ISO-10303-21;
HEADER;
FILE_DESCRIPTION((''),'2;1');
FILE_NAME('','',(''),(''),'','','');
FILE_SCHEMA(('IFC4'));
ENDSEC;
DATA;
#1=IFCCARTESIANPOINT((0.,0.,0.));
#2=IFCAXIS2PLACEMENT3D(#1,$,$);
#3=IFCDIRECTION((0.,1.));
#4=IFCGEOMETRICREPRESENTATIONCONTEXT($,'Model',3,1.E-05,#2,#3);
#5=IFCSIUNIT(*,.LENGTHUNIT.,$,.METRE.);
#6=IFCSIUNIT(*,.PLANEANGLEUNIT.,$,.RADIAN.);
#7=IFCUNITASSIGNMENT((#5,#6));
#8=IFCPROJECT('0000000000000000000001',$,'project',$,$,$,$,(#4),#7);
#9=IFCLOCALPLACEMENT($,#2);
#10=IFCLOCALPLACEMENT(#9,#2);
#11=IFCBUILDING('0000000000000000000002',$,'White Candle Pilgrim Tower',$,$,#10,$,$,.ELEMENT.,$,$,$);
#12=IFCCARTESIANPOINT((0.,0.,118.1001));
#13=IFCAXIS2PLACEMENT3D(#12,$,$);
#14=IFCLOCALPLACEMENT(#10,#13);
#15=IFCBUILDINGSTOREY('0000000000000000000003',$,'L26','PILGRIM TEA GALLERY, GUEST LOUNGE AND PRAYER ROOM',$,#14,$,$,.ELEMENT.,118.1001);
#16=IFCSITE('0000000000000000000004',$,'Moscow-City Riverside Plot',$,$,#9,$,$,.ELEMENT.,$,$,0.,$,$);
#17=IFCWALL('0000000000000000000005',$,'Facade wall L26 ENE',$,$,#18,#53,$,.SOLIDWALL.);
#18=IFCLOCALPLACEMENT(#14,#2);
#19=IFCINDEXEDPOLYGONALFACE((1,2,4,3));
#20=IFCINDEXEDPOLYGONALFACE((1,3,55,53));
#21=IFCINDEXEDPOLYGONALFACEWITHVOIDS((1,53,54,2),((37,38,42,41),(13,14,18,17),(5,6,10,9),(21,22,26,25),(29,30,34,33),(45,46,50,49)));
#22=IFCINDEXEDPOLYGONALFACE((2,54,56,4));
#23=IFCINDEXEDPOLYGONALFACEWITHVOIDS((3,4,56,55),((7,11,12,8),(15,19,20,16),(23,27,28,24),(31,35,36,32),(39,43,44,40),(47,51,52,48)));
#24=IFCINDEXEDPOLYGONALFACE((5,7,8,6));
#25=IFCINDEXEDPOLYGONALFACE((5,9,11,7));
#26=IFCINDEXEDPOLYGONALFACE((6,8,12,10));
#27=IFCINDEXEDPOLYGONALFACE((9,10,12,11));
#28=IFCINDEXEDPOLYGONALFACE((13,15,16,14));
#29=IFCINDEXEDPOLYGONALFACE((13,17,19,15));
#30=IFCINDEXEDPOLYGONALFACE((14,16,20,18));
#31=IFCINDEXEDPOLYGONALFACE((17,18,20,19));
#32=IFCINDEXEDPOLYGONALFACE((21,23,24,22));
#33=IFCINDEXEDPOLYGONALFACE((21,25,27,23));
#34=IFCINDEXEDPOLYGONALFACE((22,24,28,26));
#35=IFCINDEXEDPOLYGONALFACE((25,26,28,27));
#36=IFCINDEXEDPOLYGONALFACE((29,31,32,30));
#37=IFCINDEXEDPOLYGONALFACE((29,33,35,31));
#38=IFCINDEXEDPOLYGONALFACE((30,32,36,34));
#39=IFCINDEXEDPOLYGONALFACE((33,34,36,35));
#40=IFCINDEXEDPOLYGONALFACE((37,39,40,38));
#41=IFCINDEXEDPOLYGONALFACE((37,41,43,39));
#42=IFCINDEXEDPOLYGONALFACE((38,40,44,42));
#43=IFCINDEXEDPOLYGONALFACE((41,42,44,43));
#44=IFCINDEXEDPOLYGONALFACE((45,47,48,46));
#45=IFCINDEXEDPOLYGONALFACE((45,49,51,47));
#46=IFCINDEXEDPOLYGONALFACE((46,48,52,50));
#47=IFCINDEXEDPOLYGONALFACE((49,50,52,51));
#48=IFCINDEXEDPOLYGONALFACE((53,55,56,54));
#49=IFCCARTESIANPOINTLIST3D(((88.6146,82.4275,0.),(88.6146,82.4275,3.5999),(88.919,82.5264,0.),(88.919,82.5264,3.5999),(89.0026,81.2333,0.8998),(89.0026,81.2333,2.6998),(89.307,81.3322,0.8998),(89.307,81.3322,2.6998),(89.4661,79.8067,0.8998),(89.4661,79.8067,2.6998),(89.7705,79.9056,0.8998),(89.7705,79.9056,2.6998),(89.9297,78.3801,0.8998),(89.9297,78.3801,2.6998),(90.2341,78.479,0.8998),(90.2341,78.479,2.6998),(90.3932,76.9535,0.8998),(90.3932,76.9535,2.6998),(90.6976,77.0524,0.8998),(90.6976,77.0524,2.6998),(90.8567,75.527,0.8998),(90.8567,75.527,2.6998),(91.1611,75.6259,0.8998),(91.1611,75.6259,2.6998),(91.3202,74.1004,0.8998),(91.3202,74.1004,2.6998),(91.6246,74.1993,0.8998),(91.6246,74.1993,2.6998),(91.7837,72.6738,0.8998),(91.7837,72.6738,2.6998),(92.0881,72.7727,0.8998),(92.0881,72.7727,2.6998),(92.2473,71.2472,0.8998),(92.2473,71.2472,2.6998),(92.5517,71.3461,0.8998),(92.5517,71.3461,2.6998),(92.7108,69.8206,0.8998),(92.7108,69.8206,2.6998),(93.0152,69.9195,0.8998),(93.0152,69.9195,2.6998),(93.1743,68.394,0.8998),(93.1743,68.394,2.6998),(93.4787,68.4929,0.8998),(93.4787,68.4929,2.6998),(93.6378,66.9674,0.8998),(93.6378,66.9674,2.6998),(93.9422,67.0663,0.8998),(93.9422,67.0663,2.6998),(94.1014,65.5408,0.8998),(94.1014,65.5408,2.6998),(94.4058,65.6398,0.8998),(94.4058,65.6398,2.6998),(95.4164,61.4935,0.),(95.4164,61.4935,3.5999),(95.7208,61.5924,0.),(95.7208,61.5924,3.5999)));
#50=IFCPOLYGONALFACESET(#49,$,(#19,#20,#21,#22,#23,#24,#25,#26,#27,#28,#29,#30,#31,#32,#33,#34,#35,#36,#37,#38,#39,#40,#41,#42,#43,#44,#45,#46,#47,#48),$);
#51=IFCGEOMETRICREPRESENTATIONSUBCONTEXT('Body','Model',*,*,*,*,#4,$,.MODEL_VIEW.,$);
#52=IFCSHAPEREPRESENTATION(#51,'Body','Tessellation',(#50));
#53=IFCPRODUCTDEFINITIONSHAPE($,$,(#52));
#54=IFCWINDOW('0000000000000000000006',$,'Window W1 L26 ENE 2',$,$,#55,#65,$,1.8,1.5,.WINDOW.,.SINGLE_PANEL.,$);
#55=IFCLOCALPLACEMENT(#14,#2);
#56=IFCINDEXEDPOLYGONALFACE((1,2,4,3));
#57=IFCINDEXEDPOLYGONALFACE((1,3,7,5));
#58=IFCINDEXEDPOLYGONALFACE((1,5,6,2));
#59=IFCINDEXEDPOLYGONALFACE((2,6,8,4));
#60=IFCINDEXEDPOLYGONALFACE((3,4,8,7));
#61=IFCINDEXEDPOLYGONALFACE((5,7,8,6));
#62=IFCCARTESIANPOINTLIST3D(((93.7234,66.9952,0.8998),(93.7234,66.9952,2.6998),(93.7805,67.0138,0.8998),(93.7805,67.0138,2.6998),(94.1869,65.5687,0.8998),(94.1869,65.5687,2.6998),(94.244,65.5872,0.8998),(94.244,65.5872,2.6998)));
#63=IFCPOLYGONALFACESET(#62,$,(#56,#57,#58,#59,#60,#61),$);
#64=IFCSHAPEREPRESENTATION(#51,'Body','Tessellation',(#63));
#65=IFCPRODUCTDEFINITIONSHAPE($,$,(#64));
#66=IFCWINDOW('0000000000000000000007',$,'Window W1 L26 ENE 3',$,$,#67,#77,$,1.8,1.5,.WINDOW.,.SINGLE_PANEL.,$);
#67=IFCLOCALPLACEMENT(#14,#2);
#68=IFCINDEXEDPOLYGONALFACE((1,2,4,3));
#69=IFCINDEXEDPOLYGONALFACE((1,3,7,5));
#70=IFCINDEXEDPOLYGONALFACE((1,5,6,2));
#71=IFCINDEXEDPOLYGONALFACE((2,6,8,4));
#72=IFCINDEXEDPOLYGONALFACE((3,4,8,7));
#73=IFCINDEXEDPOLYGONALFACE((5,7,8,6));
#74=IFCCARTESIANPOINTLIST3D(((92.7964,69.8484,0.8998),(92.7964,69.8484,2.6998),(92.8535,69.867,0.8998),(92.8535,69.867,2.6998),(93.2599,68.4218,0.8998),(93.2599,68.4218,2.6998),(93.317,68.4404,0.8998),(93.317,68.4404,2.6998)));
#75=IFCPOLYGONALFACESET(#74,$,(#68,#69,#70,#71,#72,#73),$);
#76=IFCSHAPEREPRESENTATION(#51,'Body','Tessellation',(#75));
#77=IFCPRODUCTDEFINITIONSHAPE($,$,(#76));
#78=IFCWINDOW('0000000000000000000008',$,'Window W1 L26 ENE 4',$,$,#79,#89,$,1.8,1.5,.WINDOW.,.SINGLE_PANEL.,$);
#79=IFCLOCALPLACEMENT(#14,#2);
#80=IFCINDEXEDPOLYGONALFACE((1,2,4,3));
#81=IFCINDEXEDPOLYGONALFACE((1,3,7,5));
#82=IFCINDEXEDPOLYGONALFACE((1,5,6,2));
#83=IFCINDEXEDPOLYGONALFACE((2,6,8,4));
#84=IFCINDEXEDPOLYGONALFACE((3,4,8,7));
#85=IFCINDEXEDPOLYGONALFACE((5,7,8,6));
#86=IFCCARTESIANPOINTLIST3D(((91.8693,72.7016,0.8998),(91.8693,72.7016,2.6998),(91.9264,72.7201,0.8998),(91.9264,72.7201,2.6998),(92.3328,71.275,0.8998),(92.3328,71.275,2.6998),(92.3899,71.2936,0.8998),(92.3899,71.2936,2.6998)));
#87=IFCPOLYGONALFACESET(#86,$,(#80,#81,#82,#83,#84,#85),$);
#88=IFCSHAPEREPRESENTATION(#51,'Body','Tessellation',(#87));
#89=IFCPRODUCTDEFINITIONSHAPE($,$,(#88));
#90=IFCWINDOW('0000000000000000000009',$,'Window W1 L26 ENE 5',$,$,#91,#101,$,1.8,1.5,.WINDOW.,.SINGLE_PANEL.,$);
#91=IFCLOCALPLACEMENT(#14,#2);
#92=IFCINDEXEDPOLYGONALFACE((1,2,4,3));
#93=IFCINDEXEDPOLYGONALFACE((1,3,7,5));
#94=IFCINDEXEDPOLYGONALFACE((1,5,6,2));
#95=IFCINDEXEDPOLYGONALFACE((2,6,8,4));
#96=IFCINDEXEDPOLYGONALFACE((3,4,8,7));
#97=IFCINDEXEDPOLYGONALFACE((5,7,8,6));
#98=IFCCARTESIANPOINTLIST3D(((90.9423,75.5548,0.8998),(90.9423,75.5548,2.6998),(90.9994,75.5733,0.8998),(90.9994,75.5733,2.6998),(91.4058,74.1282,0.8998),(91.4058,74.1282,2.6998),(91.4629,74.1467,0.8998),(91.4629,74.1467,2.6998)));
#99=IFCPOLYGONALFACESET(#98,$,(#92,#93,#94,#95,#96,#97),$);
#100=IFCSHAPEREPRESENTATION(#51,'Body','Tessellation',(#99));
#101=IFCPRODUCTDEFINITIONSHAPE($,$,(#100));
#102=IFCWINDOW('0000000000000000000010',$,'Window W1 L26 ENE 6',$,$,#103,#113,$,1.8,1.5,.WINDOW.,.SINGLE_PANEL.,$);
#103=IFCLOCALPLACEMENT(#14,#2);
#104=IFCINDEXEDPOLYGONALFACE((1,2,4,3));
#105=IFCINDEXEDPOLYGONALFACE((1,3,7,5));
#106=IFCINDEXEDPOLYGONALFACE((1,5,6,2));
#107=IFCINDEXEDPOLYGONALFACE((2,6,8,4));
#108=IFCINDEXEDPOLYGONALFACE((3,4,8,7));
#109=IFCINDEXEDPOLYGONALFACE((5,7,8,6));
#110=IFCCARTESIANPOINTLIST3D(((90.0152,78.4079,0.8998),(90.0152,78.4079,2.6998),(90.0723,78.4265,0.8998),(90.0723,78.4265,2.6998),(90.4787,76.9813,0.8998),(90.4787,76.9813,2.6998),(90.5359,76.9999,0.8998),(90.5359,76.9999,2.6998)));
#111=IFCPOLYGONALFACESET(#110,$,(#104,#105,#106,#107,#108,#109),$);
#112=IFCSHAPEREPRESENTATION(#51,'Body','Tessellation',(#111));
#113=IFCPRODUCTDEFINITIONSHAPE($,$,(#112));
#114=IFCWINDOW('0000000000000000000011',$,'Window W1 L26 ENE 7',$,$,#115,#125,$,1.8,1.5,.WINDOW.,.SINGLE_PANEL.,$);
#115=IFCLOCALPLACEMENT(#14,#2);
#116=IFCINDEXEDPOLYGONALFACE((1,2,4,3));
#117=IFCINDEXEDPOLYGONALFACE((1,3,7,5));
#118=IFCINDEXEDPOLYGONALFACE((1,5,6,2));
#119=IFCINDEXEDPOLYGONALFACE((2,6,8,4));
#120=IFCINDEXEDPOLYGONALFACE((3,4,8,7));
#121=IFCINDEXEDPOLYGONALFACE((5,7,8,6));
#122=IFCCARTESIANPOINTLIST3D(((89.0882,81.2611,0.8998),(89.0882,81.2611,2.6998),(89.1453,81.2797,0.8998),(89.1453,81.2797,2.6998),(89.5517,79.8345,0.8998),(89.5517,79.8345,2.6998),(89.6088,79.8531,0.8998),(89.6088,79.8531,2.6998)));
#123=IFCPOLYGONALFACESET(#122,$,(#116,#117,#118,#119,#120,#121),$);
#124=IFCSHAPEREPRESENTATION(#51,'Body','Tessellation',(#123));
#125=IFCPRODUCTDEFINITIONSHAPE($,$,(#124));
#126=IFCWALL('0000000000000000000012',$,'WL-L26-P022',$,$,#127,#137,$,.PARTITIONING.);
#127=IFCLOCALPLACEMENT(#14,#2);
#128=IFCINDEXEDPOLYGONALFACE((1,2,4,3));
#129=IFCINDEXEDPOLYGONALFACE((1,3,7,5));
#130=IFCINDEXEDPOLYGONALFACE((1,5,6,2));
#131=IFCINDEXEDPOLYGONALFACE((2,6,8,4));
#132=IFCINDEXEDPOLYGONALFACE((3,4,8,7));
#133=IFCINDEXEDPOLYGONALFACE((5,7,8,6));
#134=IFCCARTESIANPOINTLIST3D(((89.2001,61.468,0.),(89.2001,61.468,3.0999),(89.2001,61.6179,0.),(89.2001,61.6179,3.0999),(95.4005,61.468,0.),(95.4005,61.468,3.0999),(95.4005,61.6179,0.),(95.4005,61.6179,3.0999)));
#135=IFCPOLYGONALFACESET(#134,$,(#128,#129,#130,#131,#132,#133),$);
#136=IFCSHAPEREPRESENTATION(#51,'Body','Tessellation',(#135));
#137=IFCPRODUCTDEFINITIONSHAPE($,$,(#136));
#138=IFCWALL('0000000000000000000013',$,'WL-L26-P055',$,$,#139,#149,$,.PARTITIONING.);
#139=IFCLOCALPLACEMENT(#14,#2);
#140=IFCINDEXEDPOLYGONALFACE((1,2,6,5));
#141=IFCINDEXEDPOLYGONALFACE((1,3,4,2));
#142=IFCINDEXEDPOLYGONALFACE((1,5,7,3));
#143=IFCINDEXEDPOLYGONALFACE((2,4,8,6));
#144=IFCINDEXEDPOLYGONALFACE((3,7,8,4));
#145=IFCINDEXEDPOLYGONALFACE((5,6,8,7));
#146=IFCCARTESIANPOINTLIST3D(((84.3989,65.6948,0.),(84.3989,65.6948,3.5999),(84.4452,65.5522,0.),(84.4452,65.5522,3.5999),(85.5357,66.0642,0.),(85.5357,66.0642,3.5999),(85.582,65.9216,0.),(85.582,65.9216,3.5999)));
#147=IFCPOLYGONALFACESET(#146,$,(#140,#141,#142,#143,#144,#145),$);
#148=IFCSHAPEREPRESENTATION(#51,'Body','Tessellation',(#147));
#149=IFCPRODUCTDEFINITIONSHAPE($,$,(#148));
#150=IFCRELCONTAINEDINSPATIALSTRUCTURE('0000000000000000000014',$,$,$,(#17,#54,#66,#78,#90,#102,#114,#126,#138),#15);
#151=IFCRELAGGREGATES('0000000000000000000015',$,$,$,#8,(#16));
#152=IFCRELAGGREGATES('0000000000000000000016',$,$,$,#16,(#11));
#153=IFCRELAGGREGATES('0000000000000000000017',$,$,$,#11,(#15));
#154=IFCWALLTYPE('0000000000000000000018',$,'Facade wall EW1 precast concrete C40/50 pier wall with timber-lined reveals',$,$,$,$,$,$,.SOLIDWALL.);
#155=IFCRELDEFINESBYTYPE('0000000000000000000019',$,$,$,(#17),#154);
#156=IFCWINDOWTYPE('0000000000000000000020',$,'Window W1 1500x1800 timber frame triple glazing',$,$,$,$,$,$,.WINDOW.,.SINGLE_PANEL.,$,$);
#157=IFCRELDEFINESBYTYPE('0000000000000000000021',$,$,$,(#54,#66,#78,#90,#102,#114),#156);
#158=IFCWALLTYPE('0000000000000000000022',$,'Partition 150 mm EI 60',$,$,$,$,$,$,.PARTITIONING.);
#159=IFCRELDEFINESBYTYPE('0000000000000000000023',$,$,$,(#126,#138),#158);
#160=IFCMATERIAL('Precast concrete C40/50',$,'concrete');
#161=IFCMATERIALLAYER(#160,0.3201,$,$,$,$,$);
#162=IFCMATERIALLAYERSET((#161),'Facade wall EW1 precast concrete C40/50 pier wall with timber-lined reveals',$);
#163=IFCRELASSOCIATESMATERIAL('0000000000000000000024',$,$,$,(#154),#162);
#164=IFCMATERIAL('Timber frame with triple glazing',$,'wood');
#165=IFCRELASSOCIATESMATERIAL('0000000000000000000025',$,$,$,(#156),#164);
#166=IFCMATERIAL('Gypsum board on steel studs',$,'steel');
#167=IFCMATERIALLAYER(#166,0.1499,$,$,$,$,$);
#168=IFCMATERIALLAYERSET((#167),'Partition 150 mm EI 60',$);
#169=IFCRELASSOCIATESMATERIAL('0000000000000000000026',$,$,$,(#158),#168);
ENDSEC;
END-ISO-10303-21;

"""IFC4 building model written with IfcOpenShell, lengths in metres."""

from ifc_helpers import new_model, si_unit, direction, frame, frame_2d, origin, place, context, subcontext, project, spatial, rectangle, extrude, material, layer, layer_set, type_object, element, fill, save


model = new_model("IFC4")

# Units and contexts
model_context = context("Model", 3, precision=1e-05, world=origin(), true_north=direction((0.0, 1.0)))
body_context = subcontext(model_context, "Body", "Model", "MODEL_VIEW")
ifc_project = project(units=[si_unit("LENGTHUNIT", "METRE"), si_unit("PLANEANGLEUNIT", "RADIAN")], contexts=[model_context])

# Site, building, storey
site_placement = place(None, origin())
site = spatial("IfcSite", under=ifc_project, at=site_placement, Name="Moscow-City Riverside Plot", CompositionType="ELEMENT", RefElevation=0.0)
building_placement = place(site_placement, origin())
building = spatial("IfcBuilding", under=site, at=building_placement, Name="White Candle Pilgrim Tower", CompositionType="ELEMENT")
storey_placement = place(building_placement, frame((0.0, 0.0, 118.1001)))
storey = spatial("IfcBuildingStorey", under=building, at=storey_placement, Name="L26", Description="PILGRIM TEA GALLERY, GUEST LOUNGE AND PRAYER ROOM", CompositionType="ELEMENT", Elevation=118.1001)

# Shared definitions
ifc_material_1 = material(Name="Gypsum board on steel studs", Category="steel")

# Wall, openings, windows
ifc_material_2 = material(Name="Precast concrete C40/50", Category="concrete")
ifc_layer_1 = layer(ifc_material_2, 0.3201)
ifc_layer_set_1 = layer_set([ifc_layer_1], Name="Facade wall EW1 precast concrete C40/50 pier wall with timber-lined reveals")
wall_type_1 = type_object("IfcWallType", Name="Facade wall EW1 precast concrete C40/50 pier wall with timber-lined reveals", PredefinedType="SOLIDWALL", material=ifc_layer_set_1)
wall_1_placement = place(storey_placement, frame((95.5686, 61.543, 0.0), z_axis=(0.0, 0.0, 1.0), x_axis=(-0.309015, 0.951057, 0.0)))
wall_1 = element("IfcWall", 1, at=wall_1_placement, inside=storey, type_object=wall_type_1, Name="Facade wall L26 ENE", PredefinedType="SOLIDWALL", context=body_context, shape_type="SweptSolid", body=[
    extrude(rectangle(XDim=22.0112, YDim=0.3201, at=frame_2d((11.0056, 0.0))), origin(), (0.0, 0.0, 1.0), 3.5999),
])
opening_1_placement = place(wall_1_placement, frame((4.2556, 0.0, 0.8999)))
opening_1 = element("IfcOpeningElement", 2, at=opening_1_placement, cuts=wall_1, PredefinedType="OPENING", context=body_context, shape_type="SweptSolid", body=[
    extrude(rectangle(XDim=1.5, YDim=1.8, at=frame_2d((0.75, 0.8999))), frame((0.0, 0.1699, 0.0), z_axis=(0.0, -1.0, 0.0), x_axis=(1.0, 0.0, 0.0)), (0.0, 0.0, 1.0), 0.3401),
])
opening_2_placement = place(wall_1_placement, frame((7.2556, 0.0, 0.8999)))
opening_2 = element("IfcOpeningElement", 3, at=opening_2_placement, cuts=wall_1, PredefinedType="OPENING", context=body_context, shape_type="SweptSolid", body=[
    extrude(rectangle(XDim=1.5, YDim=1.8, at=frame_2d((0.75, 0.8999))), frame((0.0, 0.1699, 0.0), z_axis=(0.0, -1.0, 0.0), x_axis=(1.0, 0.0, 0.0)), (0.0, 0.0, 1.0), 0.3401),
])
opening_3_placement = place(wall_1_placement, frame((10.2556, 0.0, 0.8999)))
opening_3 = element("IfcOpeningElement", 4, at=opening_3_placement, cuts=wall_1, PredefinedType="OPENING", context=body_context, shape_type="SweptSolid", body=[
    extrude(rectangle(XDim=1.5, YDim=1.8, at=frame_2d((0.75, 0.8999))), frame((0.0, 0.1699, 0.0), z_axis=(0.0, -1.0, 0.0), x_axis=(1.0, 0.0, 0.0)), (0.0, 0.0, 1.0), 0.3401),
])
opening_4_placement = place(wall_1_placement, frame((13.2556, 0.0, 0.8999)))
opening_4 = element("IfcOpeningElement", 5, at=opening_4_placement, cuts=wall_1, PredefinedType="OPENING", context=body_context, shape_type="SweptSolid", body=[
    extrude(rectangle(XDim=1.5, YDim=1.8, at=frame_2d((0.75, 0.8999))), frame((0.0, 0.1699, 0.0), z_axis=(0.0, -1.0, 0.0), x_axis=(1.0, 0.0, 0.0)), (0.0, 0.0, 1.0), 0.3401),
])
opening_5_placement = place(wall_1_placement, frame((16.2556, 0.0, 0.8999)))
opening_5 = element("IfcOpeningElement", 6, at=opening_5_placement, cuts=wall_1, PredefinedType="OPENING", context=body_context, shape_type="SweptSolid", body=[
    extrude(rectangle(XDim=1.5, YDim=1.8, at=frame_2d((0.75, 0.8999))), frame((0.0, 0.1699, 0.0), z_axis=(0.0, -1.0, 0.0), x_axis=(1.0, 0.0, 0.0)), (0.0, 0.0, 1.0), 0.3401),
])
opening_6_placement = place(wall_1_placement, frame((19.2556, 0.0, 0.8999)))
opening_6 = element("IfcOpeningElement", 7, at=opening_6_placement, cuts=wall_1, PredefinedType="OPENING", context=body_context, shape_type="SweptSolid", body=[
    extrude(rectangle(XDim=1.5, YDim=1.8, at=frame_2d((0.75, 0.8999))), frame((0.0, 0.1699, 0.0), z_axis=(0.0, -1.0, 0.0), x_axis=(1.0, 0.0, 0.0)), (0.0, 0.0, 1.0), 0.3401),
])
ifc_material_3 = material(Name="Timber frame with triple glazing", Category="wood")
window_type = type_object("IfcWindowType", Name="Window W1 1500x1800 timber frame triple glazing", PartitioningType="SINGLE_PANEL", PredefinedType="WINDOW", material=ifc_material_3)
window_1_placement = place(opening_1_placement, origin())
window_1 = element("IfcWindow", 8, at=window_1_placement, inside=storey, type_object=window_type, Name="Window W1 L26 ENE 2", OverallHeight=1.8, OverallWidth=1.5, PartitioningType="SINGLE_PANEL", PredefinedType="WINDOW", context=body_context, shape_type="SweptSolid", body=[
    extrude(rectangle(XDim=1.5, YDim=1.8, at=frame_2d((0.75, 0.8999))), frame((0.0, 0.0701, 0.0), z_axis=(0.0, -1.0, 0.0), x_axis=(1.0, 0.0, 0.0)), (0.0, 0.0, 1.0), 0.0601),
])
fill(opening_1, window_1)
window_2_placement = place(opening_2_placement, origin())
window_2 = element("IfcWindow", 9, at=window_2_placement, inside=storey, type_object=window_type, Name="Window W1 L26 ENE 3", OverallHeight=1.8, OverallWidth=1.5, PartitioningType="SINGLE_PANEL", PredefinedType="WINDOW", context=body_context, shape_type="SweptSolid", body=[
    extrude(rectangle(XDim=1.5, YDim=1.8, at=frame_2d((0.75, 0.8999))), frame((0.0, 0.0701, 0.0), z_axis=(0.0, -1.0, 0.0), x_axis=(1.0, 0.0, 0.0)), (0.0, 0.0, 1.0), 0.0601),
])
fill(opening_2, window_2)
window_3_placement = place(opening_3_placement, origin())
window_3 = element("IfcWindow", 10, at=window_3_placement, inside=storey, type_object=window_type, Name="Window W1 L26 ENE 4", OverallHeight=1.8, OverallWidth=1.5, PartitioningType="SINGLE_PANEL", PredefinedType="WINDOW", context=body_context, shape_type="SweptSolid", body=[
    extrude(rectangle(XDim=1.5, YDim=1.8, at=frame_2d((0.75, 0.8999))), frame((0.0, 0.0701, 0.0), z_axis=(0.0, -1.0, 0.0), x_axis=(1.0, 0.0, 0.0)), (0.0, 0.0, 1.0), 0.0601),
])
fill(opening_3, window_3)
window_4_placement = place(opening_4_placement, origin())
window_4 = element("IfcWindow", 11, at=window_4_placement, inside=storey, type_object=window_type, Name="Window W1 L26 ENE 5", OverallHeight=1.8, OverallWidth=1.5, PartitioningType="SINGLE_PANEL", PredefinedType="WINDOW", context=body_context, shape_type="SweptSolid", body=[
    extrude(rectangle(XDim=1.5, YDim=1.8, at=frame_2d((0.75, 0.8999))), frame((0.0, 0.0701, 0.0), z_axis=(0.0, -1.0, 0.0), x_axis=(1.0, 0.0, 0.0)), (0.0, 0.0, 1.0), 0.0601),
])
fill(opening_4, window_4)
window_5_placement = place(opening_5_placement, origin())
window_5 = element("IfcWindow", 12, at=window_5_placement, inside=storey, type_object=window_type, Name="Window W1 L26 ENE 6", OverallHeight=1.8, OverallWidth=1.5, PartitioningType="SINGLE_PANEL", PredefinedType="WINDOW", context=body_context, shape_type="SweptSolid", body=[
    extrude(rectangle(XDim=1.5, YDim=1.8, at=frame_2d((0.75, 0.8999))), frame((0.0, 0.0701, 0.0), z_axis=(0.0, -1.0, 0.0), x_axis=(1.0, 0.0, 0.0)), (0.0, 0.0, 1.0), 0.0601),
])
fill(opening_5, window_5)
window_6_placement = place(opening_6_placement, origin())
window_6 = element("IfcWindow", 13, at=window_6_placement, inside=storey, type_object=window_type, Name="Window W1 L26 ENE 7", OverallHeight=1.8, OverallWidth=1.5, PartitioningType="SINGLE_PANEL", PredefinedType="WINDOW", context=body_context, shape_type="SweptSolid", body=[
    extrude(rectangle(XDim=1.5, YDim=1.8, at=frame_2d((0.75, 0.8999))), frame((0.0, 0.0701, 0.0), z_axis=(0.0, -1.0, 0.0), x_axis=(1.0, 0.0, 0.0)), (0.0, 0.0, 1.0), 0.0601),
])
fill(opening_6, window_6)

# Walls
ifc_layer_2 = layer(ifc_material_1, 0.1499)
ifc_layer_set_2 = layer_set([ifc_layer_2], Name="Partition 150 mm EI 60")
wall_type_2 = type_object("IfcWallType", Name="Partition 150 mm EI 60", PredefinedType="PARTITIONING", material=ifc_layer_set_2)
wall_2_placement = place(storey_placement, frame((95.4004, 61.543, 0.0), z_axis=(0.0, 0.0, 1.0), x_axis=(-1.0, 0.0, 0.0)))
element("IfcWall", 14, at=wall_2_placement, inside=storey, type_object=wall_type_2, Name="WL-L26-P022", PredefinedType="PARTITIONING", context=body_context, shape_type="SweptSolid", body=[
    extrude(rectangle(XDim=6.2004, YDim=0.1499, at=frame_2d((3.1001, 0.0))), origin(), (0.0, 0.0, 1.0), 3.0999),
])
wall_3_placement = place(storey_placement, frame((85.5588, 65.9929, 0.0), z_axis=(0.0, 0.0, 1.0), x_axis=(-0.951046, -0.309049, 0.0)))
element("IfcWall", 15, at=wall_3_placement, inside=storey, type_object=wall_type_2, Name="WL-L26-P055", PredefinedType="PARTITIONING", context=body_context, shape_type="SweptSolid", body=[
    extrude(rectangle(XDim=1.1953, YDim=0.1499, at=frame_2d((0.5977, 0.0))), origin(), (0.0, 0.0, 1.0), 3.5999),
])

save(model, "model.ifc")
